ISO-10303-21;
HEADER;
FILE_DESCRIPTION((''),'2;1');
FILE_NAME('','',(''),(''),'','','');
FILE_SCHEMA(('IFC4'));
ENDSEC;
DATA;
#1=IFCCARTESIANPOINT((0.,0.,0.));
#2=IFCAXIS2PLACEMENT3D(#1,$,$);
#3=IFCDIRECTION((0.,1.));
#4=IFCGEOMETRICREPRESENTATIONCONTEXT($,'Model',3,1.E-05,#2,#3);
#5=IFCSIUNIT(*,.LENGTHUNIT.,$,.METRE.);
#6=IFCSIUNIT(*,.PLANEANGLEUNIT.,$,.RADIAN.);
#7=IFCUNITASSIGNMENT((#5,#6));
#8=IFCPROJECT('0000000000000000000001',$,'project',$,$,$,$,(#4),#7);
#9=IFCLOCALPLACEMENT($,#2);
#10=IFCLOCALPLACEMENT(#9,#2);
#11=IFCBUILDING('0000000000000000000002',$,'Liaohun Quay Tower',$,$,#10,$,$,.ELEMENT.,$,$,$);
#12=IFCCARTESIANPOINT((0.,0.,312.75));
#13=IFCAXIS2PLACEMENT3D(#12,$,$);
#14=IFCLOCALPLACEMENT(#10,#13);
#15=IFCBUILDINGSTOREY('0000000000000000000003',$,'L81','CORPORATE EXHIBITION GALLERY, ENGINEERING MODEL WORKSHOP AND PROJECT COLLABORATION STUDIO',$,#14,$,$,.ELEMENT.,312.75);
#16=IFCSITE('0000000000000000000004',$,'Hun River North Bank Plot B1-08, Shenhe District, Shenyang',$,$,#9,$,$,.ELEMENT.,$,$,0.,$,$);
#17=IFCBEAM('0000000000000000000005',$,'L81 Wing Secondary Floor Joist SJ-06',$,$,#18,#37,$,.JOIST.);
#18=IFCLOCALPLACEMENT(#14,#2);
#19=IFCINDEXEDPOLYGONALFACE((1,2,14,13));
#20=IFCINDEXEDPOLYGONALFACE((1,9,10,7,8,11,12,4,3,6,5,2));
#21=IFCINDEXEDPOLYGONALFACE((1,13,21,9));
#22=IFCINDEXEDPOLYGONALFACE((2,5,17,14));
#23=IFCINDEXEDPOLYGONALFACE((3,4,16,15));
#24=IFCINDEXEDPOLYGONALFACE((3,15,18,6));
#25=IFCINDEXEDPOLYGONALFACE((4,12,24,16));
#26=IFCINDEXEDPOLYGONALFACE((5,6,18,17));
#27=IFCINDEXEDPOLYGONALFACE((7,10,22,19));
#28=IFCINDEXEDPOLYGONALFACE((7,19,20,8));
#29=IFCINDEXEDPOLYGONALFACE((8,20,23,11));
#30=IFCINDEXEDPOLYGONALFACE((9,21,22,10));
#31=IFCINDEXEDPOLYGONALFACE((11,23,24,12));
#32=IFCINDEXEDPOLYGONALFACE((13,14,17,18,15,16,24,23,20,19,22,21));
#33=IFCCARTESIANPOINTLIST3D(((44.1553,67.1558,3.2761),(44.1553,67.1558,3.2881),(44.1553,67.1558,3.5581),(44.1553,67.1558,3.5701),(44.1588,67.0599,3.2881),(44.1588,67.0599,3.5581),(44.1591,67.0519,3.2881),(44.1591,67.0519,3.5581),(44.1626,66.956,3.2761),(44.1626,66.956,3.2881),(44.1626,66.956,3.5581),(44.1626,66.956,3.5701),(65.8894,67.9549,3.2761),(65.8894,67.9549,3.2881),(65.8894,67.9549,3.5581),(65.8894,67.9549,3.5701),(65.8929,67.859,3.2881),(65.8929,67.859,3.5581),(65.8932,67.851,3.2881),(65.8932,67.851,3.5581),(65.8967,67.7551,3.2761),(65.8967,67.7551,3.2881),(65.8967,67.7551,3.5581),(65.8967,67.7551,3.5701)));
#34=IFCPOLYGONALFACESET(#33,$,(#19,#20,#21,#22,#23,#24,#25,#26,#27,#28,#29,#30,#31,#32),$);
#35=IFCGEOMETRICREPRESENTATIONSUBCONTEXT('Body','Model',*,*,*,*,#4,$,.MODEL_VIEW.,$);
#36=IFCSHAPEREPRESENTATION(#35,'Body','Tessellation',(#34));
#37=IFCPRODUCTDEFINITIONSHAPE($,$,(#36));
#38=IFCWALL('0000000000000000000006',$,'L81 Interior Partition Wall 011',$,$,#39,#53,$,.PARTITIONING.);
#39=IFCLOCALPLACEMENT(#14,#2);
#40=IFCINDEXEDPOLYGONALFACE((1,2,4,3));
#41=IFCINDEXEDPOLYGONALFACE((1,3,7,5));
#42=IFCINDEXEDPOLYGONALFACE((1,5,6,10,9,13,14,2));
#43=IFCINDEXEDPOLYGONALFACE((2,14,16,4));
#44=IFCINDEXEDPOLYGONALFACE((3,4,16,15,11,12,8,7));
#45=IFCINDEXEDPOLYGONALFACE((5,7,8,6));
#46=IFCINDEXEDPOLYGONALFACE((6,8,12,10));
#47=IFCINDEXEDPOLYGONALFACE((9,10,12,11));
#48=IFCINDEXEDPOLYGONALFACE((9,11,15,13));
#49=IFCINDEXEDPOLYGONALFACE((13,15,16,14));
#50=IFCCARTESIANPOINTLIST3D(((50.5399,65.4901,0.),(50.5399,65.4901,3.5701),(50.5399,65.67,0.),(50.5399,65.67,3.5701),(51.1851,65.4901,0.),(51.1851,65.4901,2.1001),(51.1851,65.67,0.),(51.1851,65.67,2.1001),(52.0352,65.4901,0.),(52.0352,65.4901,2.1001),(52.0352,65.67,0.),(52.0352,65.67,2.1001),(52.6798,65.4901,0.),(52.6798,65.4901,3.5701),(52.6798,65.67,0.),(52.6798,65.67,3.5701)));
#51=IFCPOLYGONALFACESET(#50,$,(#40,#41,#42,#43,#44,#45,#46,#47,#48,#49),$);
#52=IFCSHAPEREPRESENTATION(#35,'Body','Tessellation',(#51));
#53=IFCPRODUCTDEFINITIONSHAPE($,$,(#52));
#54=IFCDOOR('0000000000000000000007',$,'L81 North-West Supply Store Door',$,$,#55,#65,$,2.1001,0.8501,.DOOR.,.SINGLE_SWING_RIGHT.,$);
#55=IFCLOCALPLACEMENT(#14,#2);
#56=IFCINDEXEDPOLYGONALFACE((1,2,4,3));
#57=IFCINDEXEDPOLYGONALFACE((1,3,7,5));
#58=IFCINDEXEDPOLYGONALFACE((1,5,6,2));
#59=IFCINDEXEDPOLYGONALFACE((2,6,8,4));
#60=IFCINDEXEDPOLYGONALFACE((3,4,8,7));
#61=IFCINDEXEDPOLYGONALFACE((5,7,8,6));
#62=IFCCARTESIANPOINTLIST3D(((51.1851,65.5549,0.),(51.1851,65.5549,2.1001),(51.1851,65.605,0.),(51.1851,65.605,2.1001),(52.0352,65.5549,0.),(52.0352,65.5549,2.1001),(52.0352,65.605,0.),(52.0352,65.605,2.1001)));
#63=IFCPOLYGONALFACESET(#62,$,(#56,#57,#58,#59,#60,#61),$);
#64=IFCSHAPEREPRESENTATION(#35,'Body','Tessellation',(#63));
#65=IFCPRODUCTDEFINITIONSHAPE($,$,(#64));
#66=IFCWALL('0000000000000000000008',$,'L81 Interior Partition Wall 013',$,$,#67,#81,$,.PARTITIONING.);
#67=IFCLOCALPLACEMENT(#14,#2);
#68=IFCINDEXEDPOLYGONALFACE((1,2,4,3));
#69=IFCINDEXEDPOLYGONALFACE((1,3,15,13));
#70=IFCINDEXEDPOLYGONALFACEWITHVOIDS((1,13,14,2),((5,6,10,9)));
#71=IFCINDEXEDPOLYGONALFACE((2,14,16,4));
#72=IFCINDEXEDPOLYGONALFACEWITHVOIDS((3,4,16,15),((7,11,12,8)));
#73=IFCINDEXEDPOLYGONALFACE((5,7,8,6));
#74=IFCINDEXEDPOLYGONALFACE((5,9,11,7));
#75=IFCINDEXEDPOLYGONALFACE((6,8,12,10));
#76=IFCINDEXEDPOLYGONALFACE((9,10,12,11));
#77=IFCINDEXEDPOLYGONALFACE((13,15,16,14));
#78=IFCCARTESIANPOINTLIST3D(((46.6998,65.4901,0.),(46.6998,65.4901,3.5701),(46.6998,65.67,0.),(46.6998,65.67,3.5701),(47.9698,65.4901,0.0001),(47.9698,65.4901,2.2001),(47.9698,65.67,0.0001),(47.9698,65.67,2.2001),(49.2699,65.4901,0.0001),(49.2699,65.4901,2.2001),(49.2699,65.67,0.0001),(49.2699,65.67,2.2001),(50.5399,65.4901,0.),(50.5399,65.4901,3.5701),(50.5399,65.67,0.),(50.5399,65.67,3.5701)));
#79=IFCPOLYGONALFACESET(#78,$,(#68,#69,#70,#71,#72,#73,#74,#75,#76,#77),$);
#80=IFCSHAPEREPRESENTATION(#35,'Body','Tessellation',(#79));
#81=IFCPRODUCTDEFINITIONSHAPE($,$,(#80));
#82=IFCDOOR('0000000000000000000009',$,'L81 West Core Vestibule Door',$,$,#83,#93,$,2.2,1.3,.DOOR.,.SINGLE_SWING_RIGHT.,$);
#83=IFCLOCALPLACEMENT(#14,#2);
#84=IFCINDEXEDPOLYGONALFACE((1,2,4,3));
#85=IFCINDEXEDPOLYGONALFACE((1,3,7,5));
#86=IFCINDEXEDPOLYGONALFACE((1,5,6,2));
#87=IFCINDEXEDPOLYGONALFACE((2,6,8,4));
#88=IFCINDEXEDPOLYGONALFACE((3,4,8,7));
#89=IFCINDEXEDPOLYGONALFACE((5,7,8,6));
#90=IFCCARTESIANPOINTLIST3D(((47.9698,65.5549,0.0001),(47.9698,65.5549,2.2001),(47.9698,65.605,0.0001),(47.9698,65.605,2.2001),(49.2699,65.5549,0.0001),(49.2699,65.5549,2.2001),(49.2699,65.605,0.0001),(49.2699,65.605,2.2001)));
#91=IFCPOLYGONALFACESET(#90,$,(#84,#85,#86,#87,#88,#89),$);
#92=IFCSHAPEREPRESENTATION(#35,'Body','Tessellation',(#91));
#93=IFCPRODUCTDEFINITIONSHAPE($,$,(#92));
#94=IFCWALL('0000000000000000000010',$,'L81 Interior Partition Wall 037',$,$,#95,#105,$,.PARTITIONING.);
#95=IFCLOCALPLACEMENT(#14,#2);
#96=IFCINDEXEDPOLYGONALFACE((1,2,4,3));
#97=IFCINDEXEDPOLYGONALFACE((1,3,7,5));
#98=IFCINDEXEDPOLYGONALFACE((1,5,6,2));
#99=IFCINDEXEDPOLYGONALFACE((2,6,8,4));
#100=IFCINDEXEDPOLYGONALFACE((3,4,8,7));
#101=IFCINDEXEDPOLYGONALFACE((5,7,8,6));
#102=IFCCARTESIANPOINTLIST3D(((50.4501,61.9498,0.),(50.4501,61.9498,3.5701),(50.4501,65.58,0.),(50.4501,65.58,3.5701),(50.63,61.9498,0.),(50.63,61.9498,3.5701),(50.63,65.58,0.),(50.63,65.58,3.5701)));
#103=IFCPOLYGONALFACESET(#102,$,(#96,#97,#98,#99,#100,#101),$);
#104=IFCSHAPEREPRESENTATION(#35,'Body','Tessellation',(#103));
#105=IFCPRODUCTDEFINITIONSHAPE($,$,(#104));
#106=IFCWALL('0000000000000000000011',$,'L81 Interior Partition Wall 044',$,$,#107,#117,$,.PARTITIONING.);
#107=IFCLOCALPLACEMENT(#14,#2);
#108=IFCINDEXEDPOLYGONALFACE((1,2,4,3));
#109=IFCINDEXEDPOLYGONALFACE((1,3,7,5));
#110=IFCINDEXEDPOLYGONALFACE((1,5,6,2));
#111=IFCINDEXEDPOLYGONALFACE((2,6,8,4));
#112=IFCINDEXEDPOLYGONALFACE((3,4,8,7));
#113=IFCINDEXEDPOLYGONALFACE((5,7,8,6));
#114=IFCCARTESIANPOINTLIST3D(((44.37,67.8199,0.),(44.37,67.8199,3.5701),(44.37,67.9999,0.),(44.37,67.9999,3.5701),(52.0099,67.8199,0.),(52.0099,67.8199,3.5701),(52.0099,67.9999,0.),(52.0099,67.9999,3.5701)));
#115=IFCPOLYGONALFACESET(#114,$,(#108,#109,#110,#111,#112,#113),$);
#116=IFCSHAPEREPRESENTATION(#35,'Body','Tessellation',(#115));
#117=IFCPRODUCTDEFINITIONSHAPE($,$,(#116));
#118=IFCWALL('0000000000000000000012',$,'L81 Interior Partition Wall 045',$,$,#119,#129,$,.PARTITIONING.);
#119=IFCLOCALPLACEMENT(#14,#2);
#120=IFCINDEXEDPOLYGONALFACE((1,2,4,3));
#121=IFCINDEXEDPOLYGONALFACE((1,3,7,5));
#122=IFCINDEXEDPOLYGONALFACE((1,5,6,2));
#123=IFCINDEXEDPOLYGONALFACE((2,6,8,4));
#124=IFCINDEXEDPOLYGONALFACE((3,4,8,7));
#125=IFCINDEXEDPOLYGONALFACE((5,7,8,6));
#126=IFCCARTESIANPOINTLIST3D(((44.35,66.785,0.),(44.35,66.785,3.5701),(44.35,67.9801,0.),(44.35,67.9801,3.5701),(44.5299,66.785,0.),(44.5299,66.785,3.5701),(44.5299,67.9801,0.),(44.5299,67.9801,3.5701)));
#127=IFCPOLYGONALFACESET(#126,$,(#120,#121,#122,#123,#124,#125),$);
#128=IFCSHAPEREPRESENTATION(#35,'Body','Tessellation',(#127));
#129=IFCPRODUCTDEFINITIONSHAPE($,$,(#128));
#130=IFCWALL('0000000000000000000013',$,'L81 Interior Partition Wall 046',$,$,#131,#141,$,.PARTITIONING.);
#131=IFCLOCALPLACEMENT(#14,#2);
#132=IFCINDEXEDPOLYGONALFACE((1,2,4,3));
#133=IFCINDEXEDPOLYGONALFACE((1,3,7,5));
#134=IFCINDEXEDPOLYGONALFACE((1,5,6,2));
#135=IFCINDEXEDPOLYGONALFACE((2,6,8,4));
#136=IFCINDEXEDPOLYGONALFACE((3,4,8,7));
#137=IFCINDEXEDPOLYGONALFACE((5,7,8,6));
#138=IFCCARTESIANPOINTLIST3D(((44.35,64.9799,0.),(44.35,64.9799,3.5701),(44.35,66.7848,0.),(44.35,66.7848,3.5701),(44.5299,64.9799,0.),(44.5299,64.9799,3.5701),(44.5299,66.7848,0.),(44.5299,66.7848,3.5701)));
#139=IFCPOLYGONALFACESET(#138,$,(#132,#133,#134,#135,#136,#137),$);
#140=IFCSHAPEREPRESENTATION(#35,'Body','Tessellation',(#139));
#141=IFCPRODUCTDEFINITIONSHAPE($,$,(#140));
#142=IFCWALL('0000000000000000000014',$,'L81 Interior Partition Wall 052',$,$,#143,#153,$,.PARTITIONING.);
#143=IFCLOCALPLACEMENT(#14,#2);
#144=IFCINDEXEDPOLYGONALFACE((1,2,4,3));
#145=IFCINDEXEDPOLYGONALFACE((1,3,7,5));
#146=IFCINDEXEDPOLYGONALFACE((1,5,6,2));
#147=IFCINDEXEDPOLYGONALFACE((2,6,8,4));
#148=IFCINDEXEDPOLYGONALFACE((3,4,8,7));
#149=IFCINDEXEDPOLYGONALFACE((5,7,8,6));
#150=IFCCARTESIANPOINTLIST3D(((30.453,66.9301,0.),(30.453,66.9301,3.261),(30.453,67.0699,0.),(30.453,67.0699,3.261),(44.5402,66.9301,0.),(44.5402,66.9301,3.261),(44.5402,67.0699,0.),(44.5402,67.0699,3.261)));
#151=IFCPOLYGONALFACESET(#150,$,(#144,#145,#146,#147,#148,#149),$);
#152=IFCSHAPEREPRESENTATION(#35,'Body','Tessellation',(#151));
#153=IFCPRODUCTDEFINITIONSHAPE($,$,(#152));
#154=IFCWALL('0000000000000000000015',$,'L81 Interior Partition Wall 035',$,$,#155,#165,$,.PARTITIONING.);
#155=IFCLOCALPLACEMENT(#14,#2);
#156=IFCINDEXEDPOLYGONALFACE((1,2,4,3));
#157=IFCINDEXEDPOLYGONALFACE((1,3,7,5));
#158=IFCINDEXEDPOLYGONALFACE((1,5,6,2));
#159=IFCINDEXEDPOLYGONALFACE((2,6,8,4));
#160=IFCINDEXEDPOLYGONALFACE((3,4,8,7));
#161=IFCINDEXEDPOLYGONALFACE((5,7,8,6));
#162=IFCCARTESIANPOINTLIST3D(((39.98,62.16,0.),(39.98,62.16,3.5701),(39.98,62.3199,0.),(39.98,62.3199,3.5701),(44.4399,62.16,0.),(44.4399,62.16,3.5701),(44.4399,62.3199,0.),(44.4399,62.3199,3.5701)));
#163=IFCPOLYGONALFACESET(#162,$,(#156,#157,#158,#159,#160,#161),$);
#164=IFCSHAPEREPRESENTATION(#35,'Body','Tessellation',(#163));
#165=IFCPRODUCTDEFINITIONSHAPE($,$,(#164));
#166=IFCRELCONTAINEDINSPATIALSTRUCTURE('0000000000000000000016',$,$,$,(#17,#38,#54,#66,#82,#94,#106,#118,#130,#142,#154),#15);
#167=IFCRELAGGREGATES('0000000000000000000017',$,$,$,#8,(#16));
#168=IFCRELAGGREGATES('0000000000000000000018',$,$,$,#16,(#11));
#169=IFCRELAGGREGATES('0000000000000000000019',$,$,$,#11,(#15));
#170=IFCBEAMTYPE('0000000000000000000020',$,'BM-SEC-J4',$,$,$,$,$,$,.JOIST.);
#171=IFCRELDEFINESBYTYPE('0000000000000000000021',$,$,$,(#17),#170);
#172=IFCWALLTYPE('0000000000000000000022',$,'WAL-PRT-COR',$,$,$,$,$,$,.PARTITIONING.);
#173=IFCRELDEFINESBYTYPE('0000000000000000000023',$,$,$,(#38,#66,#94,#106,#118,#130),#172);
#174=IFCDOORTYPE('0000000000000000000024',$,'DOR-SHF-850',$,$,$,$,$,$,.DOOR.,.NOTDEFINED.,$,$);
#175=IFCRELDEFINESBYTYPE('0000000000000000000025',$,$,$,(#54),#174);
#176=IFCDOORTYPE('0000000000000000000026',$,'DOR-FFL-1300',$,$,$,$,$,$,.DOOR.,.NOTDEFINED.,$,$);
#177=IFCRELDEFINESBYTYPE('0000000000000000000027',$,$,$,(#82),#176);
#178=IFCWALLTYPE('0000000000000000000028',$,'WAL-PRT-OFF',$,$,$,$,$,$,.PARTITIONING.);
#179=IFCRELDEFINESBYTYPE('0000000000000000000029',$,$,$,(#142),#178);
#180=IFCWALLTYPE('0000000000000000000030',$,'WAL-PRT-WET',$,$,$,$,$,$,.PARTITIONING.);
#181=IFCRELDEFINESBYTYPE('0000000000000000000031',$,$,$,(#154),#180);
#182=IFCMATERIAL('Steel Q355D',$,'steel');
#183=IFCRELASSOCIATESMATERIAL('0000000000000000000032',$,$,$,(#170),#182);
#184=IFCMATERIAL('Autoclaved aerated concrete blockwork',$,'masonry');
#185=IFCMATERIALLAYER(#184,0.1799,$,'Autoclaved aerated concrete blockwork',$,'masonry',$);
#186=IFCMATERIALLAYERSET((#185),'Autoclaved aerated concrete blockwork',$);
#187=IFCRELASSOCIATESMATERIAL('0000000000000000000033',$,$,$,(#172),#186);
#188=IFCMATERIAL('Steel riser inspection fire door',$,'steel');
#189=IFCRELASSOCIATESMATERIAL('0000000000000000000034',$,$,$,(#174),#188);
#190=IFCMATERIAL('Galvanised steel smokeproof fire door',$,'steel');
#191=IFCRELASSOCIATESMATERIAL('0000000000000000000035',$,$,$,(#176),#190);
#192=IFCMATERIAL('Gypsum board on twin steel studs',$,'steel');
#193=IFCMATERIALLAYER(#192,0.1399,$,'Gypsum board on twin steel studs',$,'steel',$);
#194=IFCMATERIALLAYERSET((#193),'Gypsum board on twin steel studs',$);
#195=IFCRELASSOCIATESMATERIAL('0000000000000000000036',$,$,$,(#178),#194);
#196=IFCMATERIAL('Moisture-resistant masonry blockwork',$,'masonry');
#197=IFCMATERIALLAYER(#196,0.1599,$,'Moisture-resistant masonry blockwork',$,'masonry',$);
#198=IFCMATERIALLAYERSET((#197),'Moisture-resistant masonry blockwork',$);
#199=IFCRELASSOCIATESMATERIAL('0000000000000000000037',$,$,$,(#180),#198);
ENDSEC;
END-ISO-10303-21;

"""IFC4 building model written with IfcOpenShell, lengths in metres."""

from ifc_helpers import new_model, si_unit, direction, frame, frame_2d, origin, origin_2d, place, context, subcontext, project, spatial, rectangle, i_section, extrude, source, transform, mapped, material, layer, layer_set, material_profile, profile_set, type_object, element, fill, save


model = new_model("IFC4")

# Units and contexts
model_context = context("Model", 3, precision=1e-05, world=origin(), true_north=direction((0.0, 1.0)))
body_context = subcontext(model_context, "Body", "Model", "MODEL_VIEW")
ifc_project = project(units=[si_unit("LENGTHUNIT", "METRE"), si_unit("PLANEANGLEUNIT", "RADIAN")], contexts=[model_context])

# Site, building, storey
site_placement = place(None, origin())
site = spatial("IfcSite", under=ifc_project, at=site_placement, Name="Hun River North Bank Plot B1-08, Shenhe District, Shenyang", CompositionType="ELEMENT", RefElevation=0.0)
building_placement = place(site_placement, origin())
building = spatial("IfcBuilding", under=site, at=building_placement, Name="Liaohun Quay Tower", CompositionType="ELEMENT")
storey_placement = place(building_placement, frame((0.0, 0.0, 312.75)))
storey = spatial("IfcBuildingStorey", under=building, at=storey_placement, Name="L81", Description="CORPORATE EXHIBITION GALLERY, ENGINEERING MODEL WORKSHOP AND PROJECT COLLABORATION STUDIO", CompositionType="ELEMENT", Elevation=312.75)

# Beam
ifc_material_1 = material(Name="Steel Q355D", Category="steel")
ifc_material_profile = material_profile(ifc_material_1, i_section(OverallWidth=0.2, OverallDepth=0.2939, WebThickness=0.0081, FlangeThickness=0.012, at=origin_2d()), Name="HM294x200x8x12")
ifc_profile_set = profile_set([ifc_material_profile], Name="Steel Q355D")
beam_type = type_object("IfcBeamType", Name="BM-SEC-J4", PredefinedType="JOIST", material=ifc_profile_set)
shared_shape_1 = source(origin(), body_context, "Body", "SweptSolid", [
    extrude(i_section(OverallWidth=0.2, OverallDepth=0.2939, WebThickness=0.0081, FlangeThickness=0.012, at=origin_2d()), origin(), (0.0, 0.0, 1.0), 21.7488),
])
beam_placement = place(storey_placement, frame((44.1589, 67.0559, 3.4231), z_axis=(0.999325, 0.036741, 0.0), x_axis=(-0.036741, 0.999325, 0.0)))
element("IfcBeam", 1, at=beam_placement, inside=storey, type_object=beam_type, Name="L81 Wing Secondary Floor Joist SJ-06", PredefinedType="JOIST", context=body_context, shape_type="MappedRepresentation", body=[
    mapped(shared_shape_1, transform((0.0, 0.0, 0.0), x_axis=(1.0, 0.0, 0.0), y_axis=(0.0, 1.0, 0.0), z_axis=(0.0, 0.0, 1.0), scale=1.0)),
])

# Walls, openings, doors
ifc_material_2 = material(Name="Autoclaved aerated concrete blockwork", Category="masonry")
ifc_layer_1 = layer(ifc_material_2, 0.1799, Name="Autoclaved aerated concrete blockwork", Category="masonry")
ifc_layer_set_1 = layer_set([ifc_layer_1], Name="Autoclaved aerated concrete blockwork")
wall_type_1 = type_object("IfcWallType", Name="WAL-PRT-COR", PredefinedType="PARTITIONING", material=ifc_layer_set_1)
wall_1_placement = place(storey_placement, frame((50.54, 65.5801, 0.0), z_axis=(0.0, 0.0, 1.0), x_axis=(1.0, 0.0, 0.0)))
wall_1 = element("IfcWall", 2, at=wall_1_placement, inside=storey, type_object=wall_type_1, Name="L81 Interior Partition Wall 011", PredefinedType="PARTITIONING", context=body_context, shape_type="SweptSolid", body=[
    extrude(rectangle(XDim=2.1399, YDim=0.1799, at=frame_2d((1.0698, 0.0))), origin(), (0.0, 0.0, 1.0), 3.5701),
])
shared_shape_2 = source(origin(), body_context, "Body", "SweptSolid", [
    extrude(rectangle(XDim=0.8501, YDim=2.1001, at=frame_2d((0.425, 1.05))), frame((0.0, 0.0999, 0.0), z_axis=(0.0, -1.0, 0.0), x_axis=(1.0, 0.0, 0.0)), (0.0, 0.0, 1.0), 0.2),
])
opening_1_placement = place(wall_1_placement, frame((0.645, 0.0, 0.0)))
opening_1 = element("IfcOpeningElement", 3, at=opening_1_placement, cuts=wall_1, PredefinedType="OPENING", context=body_context, shape_type="MappedRepresentation", body=[
    mapped(shared_shape_2, transform((0.0, 0.0, 0.0), x_axis=(1.0, 0.0, 0.0), y_axis=(0.0, 1.0, 0.0), z_axis=(0.0, 0.0, 1.0), scale=1.0)),
])
ifc_material_3 = material(Name="Steel riser inspection fire door", Category="steel")
door_type_1 = type_object("IfcDoorType", Name="DOR-SHF-850", OperationType="NOTDEFINED", PredefinedType="DOOR", material=ifc_material_3)
shared_shape_3 = source(origin(), body_context, "Body", "SweptSolid", [
    extrude(rectangle(XDim=0.8501, YDim=2.1001, at=frame_2d((0.425, 1.05))), frame((0.0, 0.0249, 0.0), z_axis=(0.0, -1.0, 0.0), x_axis=(1.0, 0.0, 0.0)), (0.0, 0.0, 1.0), 0.05),
])
door_1_placement = place(opening_1_placement, origin())
door_1 = element("IfcDoor", 4, at=door_1_placement, inside=storey, type_object=door_type_1, Name="L81 North-West Supply Store Door", OperationType="SINGLE_SWING_RIGHT", OverallHeight=2.1001, OverallWidth=0.8501, PredefinedType="DOOR", context=body_context, shape_type="MappedRepresentation", body=[
    mapped(shared_shape_3, transform((0.0, 0.0, 0.0), x_axis=(1.0, 0.0, 0.0), y_axis=(0.0, 1.0, 0.0), z_axis=(0.0, 0.0, 1.0), scale=1.0)),
])
fill(opening_1, door_1)
wall_2_placement = place(storey_placement, frame((46.7, 65.5801, 0.0), z_axis=(0.0, 0.0, 1.0), x_axis=(1.0, 0.0, 0.0)))
wall_2 = element("IfcWall", 5, at=wall_2_placement, inside=storey, type_object=wall_type_1, Name="L81 Interior Partition Wall 013", PredefinedType="PARTITIONING", context=body_context, shape_type="SweptSolid", body=[
    extrude(rectangle(XDim=3.8401, YDim=0.1799, at=frame_2d((1.9199, 0.0))), origin(), (0.0, 0.0, 1.0), 3.5701),
])
shared_shape_4 = source(origin(), body_context, "Body", "SweptSolid", [
    extrude(rectangle(XDim=1.3, YDim=2.2, at=frame_2d((0.6499, 1.1001))), frame((0.0, 0.0999, 0.0), z_axis=(0.0, -1.0, 0.0), x_axis=(1.0, 0.0, 0.0)), (0.0, 0.0, 1.0), 0.2),
])
opening_2_placement = place(wall_2_placement, frame((1.27, 0.0, 0.0)))
opening_2 = element("IfcOpeningElement", 6, at=opening_2_placement, cuts=wall_2, PredefinedType="OPENING", context=body_context, shape_type="MappedRepresentation", body=[
    mapped(shared_shape_4, transform((0.0, 0.0, 0.0), x_axis=(1.0, 0.0, 0.0), y_axis=(0.0, 1.0, 0.0), z_axis=(0.0, 0.0, 1.0), scale=1.0)),
])
ifc_material_4 = material(Name="Galvanised steel smokeproof fire door", Category="steel")
door_type_2 = type_object("IfcDoorType", Name="DOR-FFL-1300", OperationType="NOTDEFINED", PredefinedType="DOOR", material=ifc_material_4)
shared_shape_5 = source(origin(), body_context, "Body", "SweptSolid", [
    extrude(rectangle(XDim=1.3, YDim=2.2, at=frame_2d((0.6499, 1.1001))), frame((0.0, 0.0249, 0.0), z_axis=(0.0, -1.0, 0.0), x_axis=(1.0, 0.0, 0.0)), (0.0, 0.0, 1.0), 0.05),
])
door_2_placement = place(opening_2_placement, origin())
door_2 = element("IfcDoor", 7, at=door_2_placement, inside=storey, type_object=door_type_2, Name="L81 West Core Vestibule Door", OperationType="SINGLE_SWING_RIGHT", OverallHeight=2.2, OverallWidth=1.3, PredefinedType="DOOR", context=body_context, shape_type="MappedRepresentation", body=[
    mapped(shared_shape_5, transform((0.0, 0.0, 0.0), x_axis=(1.0, 0.0, 0.0), y_axis=(0.0, 1.0, 0.0), z_axis=(0.0, 0.0, 1.0), scale=1.0)),
])
fill(opening_2, door_2)

# Walls
wall_3_placement = place(storey_placement, frame((50.54, 61.95, 0.0), z_axis=(0.0, 0.0, 1.0), x_axis=(0.0, 1.0, 0.0)))
element("IfcWall", 8, at=wall_3_placement, inside=storey, type_object=wall_type_1, Name="L81 Interior Partition Wall 037", PredefinedType="PARTITIONING", context=body_context, shape_type="SweptSolid", body=[
    extrude(rectangle(XDim=3.6301, YDim=0.1799, at=frame_2d((1.8149, 0.0))), origin(), (0.0, 0.0, 1.0), 3.5701),
])
wall_4_placement = place(storey_placement, frame((44.3701, 67.9099, 0.0), z_axis=(0.0, 0.0, 1.0), x_axis=(1.0, 0.0, 0.0)))
element("IfcWall", 9, at=wall_4_placement, inside=storey, type_object=wall_type_1, Name="L81 Interior Partition Wall 044", PredefinedType="PARTITIONING", context=body_context, shape_type="SweptSolid", body=[
    extrude(rectangle(XDim=7.6399, YDim=0.1799, at=frame_2d((3.8198, 0.0))), origin(), (0.0, 0.0, 1.0), 3.5701),
])
wall_5_placement = place(storey_placement, frame((44.4399, 66.7849, 0.0), z_axis=(0.0, 0.0, 1.0), x_axis=(0.0, 1.0, 0.0)))
element("IfcWall", 10, at=wall_5_placement, inside=storey, type_object=wall_type_1, Name="L81 Interior Partition Wall 045", PredefinedType="PARTITIONING", context=body_context, shape_type="SweptSolid", body=[
    extrude(rectangle(XDim=1.1951, YDim=0.1799, at=frame_2d((0.5977, 0.0))), origin(), (0.0, 0.0, 1.0), 3.5701),
])
wall_6_placement = place(storey_placement, frame((44.4399, 64.98, 0.0), z_axis=(0.0, 0.0, 1.0), x_axis=(0.0, 1.0, 0.0)))
element("IfcWall", 11, at=wall_6_placement, inside=storey, type_object=wall_type_1, Name="L81 Interior Partition Wall 046", PredefinedType="PARTITIONING", context=body_context, shape_type="SweptSolid", body=[
    extrude(rectangle(XDim=1.8049, YDim=0.1799, at=frame_2d((0.9023, 0.0))), origin(), (0.0, 0.0, 1.0), 3.5701),
])
ifc_material_5 = material(Name="Gypsum board on twin steel studs", Category="steel")
ifc_layer_2 = layer(ifc_material_5, 0.1399, Name="Gypsum board on twin steel studs", Category="steel")
ifc_layer_set_2 = layer_set([ifc_layer_2], Name="Gypsum board on twin steel studs")
wall_type_2 = type_object("IfcWallType", Name="WAL-PRT-OFF", PredefinedType="PARTITIONING", material=ifc_layer_set_2)
wall_7_placement = place(storey_placement, frame((44.54, 67.0, 0.0), z_axis=(0.0, 0.0, 1.0), x_axis=(-1.0, 0.0, 0.0)))
element("IfcWall", 12, at=wall_7_placement, inside=storey, type_object=wall_type_2, Name="L81 Interior Partition Wall 052", PredefinedType="PARTITIONING", context=body_context, shape_type="SweptSolid", body=[
    extrude(rectangle(XDim=14.0872, YDim=0.1399, at=frame_2d((7.0435, 0.0))), origin(), (0.0, 0.0, 1.0), 3.261),
])

# Shared definitions
ifc_material_6 = material(Name="Moisture-resistant masonry blockwork", Category="masonry")
ifc_layer_3 = layer(ifc_material_6, 0.1599, Name="Moisture-resistant masonry blockwork", Category="masonry")
ifc_layer_set_3 = layer_set([ifc_layer_3], Name="Moisture-resistant masonry blockwork")
wall_type_3 = type_object("IfcWallType", Name="WAL-PRT-WET", PredefinedType="PARTITIONING", material=ifc_layer_set_3)

# Wall
for number, where, z_axis, x_axis, name in (
    (13, (39.98, 62.24, 0.0), (0.0, 0.0, 1.0), (1.0, 0.0, 0.0), "L81 Interior Partition Wall 035"),
):
    element("IfcWall", number, at=place(storey_placement, frame(where, z_axis=z_axis, x_axis=x_axis)), inside=storey, type_object=wall_type_3, Name=name, PredefinedType="PARTITIONING", context=body_context, shape_type="SweptSolid", body=[
        extrude(rectangle(XDim=4.46, YDim=0.1599, at=frame_2d((2.23, 0.0))), origin(), (0.0, 0.0, 1.0), 3.5701),
    ])

save(model, "model.ifc")
